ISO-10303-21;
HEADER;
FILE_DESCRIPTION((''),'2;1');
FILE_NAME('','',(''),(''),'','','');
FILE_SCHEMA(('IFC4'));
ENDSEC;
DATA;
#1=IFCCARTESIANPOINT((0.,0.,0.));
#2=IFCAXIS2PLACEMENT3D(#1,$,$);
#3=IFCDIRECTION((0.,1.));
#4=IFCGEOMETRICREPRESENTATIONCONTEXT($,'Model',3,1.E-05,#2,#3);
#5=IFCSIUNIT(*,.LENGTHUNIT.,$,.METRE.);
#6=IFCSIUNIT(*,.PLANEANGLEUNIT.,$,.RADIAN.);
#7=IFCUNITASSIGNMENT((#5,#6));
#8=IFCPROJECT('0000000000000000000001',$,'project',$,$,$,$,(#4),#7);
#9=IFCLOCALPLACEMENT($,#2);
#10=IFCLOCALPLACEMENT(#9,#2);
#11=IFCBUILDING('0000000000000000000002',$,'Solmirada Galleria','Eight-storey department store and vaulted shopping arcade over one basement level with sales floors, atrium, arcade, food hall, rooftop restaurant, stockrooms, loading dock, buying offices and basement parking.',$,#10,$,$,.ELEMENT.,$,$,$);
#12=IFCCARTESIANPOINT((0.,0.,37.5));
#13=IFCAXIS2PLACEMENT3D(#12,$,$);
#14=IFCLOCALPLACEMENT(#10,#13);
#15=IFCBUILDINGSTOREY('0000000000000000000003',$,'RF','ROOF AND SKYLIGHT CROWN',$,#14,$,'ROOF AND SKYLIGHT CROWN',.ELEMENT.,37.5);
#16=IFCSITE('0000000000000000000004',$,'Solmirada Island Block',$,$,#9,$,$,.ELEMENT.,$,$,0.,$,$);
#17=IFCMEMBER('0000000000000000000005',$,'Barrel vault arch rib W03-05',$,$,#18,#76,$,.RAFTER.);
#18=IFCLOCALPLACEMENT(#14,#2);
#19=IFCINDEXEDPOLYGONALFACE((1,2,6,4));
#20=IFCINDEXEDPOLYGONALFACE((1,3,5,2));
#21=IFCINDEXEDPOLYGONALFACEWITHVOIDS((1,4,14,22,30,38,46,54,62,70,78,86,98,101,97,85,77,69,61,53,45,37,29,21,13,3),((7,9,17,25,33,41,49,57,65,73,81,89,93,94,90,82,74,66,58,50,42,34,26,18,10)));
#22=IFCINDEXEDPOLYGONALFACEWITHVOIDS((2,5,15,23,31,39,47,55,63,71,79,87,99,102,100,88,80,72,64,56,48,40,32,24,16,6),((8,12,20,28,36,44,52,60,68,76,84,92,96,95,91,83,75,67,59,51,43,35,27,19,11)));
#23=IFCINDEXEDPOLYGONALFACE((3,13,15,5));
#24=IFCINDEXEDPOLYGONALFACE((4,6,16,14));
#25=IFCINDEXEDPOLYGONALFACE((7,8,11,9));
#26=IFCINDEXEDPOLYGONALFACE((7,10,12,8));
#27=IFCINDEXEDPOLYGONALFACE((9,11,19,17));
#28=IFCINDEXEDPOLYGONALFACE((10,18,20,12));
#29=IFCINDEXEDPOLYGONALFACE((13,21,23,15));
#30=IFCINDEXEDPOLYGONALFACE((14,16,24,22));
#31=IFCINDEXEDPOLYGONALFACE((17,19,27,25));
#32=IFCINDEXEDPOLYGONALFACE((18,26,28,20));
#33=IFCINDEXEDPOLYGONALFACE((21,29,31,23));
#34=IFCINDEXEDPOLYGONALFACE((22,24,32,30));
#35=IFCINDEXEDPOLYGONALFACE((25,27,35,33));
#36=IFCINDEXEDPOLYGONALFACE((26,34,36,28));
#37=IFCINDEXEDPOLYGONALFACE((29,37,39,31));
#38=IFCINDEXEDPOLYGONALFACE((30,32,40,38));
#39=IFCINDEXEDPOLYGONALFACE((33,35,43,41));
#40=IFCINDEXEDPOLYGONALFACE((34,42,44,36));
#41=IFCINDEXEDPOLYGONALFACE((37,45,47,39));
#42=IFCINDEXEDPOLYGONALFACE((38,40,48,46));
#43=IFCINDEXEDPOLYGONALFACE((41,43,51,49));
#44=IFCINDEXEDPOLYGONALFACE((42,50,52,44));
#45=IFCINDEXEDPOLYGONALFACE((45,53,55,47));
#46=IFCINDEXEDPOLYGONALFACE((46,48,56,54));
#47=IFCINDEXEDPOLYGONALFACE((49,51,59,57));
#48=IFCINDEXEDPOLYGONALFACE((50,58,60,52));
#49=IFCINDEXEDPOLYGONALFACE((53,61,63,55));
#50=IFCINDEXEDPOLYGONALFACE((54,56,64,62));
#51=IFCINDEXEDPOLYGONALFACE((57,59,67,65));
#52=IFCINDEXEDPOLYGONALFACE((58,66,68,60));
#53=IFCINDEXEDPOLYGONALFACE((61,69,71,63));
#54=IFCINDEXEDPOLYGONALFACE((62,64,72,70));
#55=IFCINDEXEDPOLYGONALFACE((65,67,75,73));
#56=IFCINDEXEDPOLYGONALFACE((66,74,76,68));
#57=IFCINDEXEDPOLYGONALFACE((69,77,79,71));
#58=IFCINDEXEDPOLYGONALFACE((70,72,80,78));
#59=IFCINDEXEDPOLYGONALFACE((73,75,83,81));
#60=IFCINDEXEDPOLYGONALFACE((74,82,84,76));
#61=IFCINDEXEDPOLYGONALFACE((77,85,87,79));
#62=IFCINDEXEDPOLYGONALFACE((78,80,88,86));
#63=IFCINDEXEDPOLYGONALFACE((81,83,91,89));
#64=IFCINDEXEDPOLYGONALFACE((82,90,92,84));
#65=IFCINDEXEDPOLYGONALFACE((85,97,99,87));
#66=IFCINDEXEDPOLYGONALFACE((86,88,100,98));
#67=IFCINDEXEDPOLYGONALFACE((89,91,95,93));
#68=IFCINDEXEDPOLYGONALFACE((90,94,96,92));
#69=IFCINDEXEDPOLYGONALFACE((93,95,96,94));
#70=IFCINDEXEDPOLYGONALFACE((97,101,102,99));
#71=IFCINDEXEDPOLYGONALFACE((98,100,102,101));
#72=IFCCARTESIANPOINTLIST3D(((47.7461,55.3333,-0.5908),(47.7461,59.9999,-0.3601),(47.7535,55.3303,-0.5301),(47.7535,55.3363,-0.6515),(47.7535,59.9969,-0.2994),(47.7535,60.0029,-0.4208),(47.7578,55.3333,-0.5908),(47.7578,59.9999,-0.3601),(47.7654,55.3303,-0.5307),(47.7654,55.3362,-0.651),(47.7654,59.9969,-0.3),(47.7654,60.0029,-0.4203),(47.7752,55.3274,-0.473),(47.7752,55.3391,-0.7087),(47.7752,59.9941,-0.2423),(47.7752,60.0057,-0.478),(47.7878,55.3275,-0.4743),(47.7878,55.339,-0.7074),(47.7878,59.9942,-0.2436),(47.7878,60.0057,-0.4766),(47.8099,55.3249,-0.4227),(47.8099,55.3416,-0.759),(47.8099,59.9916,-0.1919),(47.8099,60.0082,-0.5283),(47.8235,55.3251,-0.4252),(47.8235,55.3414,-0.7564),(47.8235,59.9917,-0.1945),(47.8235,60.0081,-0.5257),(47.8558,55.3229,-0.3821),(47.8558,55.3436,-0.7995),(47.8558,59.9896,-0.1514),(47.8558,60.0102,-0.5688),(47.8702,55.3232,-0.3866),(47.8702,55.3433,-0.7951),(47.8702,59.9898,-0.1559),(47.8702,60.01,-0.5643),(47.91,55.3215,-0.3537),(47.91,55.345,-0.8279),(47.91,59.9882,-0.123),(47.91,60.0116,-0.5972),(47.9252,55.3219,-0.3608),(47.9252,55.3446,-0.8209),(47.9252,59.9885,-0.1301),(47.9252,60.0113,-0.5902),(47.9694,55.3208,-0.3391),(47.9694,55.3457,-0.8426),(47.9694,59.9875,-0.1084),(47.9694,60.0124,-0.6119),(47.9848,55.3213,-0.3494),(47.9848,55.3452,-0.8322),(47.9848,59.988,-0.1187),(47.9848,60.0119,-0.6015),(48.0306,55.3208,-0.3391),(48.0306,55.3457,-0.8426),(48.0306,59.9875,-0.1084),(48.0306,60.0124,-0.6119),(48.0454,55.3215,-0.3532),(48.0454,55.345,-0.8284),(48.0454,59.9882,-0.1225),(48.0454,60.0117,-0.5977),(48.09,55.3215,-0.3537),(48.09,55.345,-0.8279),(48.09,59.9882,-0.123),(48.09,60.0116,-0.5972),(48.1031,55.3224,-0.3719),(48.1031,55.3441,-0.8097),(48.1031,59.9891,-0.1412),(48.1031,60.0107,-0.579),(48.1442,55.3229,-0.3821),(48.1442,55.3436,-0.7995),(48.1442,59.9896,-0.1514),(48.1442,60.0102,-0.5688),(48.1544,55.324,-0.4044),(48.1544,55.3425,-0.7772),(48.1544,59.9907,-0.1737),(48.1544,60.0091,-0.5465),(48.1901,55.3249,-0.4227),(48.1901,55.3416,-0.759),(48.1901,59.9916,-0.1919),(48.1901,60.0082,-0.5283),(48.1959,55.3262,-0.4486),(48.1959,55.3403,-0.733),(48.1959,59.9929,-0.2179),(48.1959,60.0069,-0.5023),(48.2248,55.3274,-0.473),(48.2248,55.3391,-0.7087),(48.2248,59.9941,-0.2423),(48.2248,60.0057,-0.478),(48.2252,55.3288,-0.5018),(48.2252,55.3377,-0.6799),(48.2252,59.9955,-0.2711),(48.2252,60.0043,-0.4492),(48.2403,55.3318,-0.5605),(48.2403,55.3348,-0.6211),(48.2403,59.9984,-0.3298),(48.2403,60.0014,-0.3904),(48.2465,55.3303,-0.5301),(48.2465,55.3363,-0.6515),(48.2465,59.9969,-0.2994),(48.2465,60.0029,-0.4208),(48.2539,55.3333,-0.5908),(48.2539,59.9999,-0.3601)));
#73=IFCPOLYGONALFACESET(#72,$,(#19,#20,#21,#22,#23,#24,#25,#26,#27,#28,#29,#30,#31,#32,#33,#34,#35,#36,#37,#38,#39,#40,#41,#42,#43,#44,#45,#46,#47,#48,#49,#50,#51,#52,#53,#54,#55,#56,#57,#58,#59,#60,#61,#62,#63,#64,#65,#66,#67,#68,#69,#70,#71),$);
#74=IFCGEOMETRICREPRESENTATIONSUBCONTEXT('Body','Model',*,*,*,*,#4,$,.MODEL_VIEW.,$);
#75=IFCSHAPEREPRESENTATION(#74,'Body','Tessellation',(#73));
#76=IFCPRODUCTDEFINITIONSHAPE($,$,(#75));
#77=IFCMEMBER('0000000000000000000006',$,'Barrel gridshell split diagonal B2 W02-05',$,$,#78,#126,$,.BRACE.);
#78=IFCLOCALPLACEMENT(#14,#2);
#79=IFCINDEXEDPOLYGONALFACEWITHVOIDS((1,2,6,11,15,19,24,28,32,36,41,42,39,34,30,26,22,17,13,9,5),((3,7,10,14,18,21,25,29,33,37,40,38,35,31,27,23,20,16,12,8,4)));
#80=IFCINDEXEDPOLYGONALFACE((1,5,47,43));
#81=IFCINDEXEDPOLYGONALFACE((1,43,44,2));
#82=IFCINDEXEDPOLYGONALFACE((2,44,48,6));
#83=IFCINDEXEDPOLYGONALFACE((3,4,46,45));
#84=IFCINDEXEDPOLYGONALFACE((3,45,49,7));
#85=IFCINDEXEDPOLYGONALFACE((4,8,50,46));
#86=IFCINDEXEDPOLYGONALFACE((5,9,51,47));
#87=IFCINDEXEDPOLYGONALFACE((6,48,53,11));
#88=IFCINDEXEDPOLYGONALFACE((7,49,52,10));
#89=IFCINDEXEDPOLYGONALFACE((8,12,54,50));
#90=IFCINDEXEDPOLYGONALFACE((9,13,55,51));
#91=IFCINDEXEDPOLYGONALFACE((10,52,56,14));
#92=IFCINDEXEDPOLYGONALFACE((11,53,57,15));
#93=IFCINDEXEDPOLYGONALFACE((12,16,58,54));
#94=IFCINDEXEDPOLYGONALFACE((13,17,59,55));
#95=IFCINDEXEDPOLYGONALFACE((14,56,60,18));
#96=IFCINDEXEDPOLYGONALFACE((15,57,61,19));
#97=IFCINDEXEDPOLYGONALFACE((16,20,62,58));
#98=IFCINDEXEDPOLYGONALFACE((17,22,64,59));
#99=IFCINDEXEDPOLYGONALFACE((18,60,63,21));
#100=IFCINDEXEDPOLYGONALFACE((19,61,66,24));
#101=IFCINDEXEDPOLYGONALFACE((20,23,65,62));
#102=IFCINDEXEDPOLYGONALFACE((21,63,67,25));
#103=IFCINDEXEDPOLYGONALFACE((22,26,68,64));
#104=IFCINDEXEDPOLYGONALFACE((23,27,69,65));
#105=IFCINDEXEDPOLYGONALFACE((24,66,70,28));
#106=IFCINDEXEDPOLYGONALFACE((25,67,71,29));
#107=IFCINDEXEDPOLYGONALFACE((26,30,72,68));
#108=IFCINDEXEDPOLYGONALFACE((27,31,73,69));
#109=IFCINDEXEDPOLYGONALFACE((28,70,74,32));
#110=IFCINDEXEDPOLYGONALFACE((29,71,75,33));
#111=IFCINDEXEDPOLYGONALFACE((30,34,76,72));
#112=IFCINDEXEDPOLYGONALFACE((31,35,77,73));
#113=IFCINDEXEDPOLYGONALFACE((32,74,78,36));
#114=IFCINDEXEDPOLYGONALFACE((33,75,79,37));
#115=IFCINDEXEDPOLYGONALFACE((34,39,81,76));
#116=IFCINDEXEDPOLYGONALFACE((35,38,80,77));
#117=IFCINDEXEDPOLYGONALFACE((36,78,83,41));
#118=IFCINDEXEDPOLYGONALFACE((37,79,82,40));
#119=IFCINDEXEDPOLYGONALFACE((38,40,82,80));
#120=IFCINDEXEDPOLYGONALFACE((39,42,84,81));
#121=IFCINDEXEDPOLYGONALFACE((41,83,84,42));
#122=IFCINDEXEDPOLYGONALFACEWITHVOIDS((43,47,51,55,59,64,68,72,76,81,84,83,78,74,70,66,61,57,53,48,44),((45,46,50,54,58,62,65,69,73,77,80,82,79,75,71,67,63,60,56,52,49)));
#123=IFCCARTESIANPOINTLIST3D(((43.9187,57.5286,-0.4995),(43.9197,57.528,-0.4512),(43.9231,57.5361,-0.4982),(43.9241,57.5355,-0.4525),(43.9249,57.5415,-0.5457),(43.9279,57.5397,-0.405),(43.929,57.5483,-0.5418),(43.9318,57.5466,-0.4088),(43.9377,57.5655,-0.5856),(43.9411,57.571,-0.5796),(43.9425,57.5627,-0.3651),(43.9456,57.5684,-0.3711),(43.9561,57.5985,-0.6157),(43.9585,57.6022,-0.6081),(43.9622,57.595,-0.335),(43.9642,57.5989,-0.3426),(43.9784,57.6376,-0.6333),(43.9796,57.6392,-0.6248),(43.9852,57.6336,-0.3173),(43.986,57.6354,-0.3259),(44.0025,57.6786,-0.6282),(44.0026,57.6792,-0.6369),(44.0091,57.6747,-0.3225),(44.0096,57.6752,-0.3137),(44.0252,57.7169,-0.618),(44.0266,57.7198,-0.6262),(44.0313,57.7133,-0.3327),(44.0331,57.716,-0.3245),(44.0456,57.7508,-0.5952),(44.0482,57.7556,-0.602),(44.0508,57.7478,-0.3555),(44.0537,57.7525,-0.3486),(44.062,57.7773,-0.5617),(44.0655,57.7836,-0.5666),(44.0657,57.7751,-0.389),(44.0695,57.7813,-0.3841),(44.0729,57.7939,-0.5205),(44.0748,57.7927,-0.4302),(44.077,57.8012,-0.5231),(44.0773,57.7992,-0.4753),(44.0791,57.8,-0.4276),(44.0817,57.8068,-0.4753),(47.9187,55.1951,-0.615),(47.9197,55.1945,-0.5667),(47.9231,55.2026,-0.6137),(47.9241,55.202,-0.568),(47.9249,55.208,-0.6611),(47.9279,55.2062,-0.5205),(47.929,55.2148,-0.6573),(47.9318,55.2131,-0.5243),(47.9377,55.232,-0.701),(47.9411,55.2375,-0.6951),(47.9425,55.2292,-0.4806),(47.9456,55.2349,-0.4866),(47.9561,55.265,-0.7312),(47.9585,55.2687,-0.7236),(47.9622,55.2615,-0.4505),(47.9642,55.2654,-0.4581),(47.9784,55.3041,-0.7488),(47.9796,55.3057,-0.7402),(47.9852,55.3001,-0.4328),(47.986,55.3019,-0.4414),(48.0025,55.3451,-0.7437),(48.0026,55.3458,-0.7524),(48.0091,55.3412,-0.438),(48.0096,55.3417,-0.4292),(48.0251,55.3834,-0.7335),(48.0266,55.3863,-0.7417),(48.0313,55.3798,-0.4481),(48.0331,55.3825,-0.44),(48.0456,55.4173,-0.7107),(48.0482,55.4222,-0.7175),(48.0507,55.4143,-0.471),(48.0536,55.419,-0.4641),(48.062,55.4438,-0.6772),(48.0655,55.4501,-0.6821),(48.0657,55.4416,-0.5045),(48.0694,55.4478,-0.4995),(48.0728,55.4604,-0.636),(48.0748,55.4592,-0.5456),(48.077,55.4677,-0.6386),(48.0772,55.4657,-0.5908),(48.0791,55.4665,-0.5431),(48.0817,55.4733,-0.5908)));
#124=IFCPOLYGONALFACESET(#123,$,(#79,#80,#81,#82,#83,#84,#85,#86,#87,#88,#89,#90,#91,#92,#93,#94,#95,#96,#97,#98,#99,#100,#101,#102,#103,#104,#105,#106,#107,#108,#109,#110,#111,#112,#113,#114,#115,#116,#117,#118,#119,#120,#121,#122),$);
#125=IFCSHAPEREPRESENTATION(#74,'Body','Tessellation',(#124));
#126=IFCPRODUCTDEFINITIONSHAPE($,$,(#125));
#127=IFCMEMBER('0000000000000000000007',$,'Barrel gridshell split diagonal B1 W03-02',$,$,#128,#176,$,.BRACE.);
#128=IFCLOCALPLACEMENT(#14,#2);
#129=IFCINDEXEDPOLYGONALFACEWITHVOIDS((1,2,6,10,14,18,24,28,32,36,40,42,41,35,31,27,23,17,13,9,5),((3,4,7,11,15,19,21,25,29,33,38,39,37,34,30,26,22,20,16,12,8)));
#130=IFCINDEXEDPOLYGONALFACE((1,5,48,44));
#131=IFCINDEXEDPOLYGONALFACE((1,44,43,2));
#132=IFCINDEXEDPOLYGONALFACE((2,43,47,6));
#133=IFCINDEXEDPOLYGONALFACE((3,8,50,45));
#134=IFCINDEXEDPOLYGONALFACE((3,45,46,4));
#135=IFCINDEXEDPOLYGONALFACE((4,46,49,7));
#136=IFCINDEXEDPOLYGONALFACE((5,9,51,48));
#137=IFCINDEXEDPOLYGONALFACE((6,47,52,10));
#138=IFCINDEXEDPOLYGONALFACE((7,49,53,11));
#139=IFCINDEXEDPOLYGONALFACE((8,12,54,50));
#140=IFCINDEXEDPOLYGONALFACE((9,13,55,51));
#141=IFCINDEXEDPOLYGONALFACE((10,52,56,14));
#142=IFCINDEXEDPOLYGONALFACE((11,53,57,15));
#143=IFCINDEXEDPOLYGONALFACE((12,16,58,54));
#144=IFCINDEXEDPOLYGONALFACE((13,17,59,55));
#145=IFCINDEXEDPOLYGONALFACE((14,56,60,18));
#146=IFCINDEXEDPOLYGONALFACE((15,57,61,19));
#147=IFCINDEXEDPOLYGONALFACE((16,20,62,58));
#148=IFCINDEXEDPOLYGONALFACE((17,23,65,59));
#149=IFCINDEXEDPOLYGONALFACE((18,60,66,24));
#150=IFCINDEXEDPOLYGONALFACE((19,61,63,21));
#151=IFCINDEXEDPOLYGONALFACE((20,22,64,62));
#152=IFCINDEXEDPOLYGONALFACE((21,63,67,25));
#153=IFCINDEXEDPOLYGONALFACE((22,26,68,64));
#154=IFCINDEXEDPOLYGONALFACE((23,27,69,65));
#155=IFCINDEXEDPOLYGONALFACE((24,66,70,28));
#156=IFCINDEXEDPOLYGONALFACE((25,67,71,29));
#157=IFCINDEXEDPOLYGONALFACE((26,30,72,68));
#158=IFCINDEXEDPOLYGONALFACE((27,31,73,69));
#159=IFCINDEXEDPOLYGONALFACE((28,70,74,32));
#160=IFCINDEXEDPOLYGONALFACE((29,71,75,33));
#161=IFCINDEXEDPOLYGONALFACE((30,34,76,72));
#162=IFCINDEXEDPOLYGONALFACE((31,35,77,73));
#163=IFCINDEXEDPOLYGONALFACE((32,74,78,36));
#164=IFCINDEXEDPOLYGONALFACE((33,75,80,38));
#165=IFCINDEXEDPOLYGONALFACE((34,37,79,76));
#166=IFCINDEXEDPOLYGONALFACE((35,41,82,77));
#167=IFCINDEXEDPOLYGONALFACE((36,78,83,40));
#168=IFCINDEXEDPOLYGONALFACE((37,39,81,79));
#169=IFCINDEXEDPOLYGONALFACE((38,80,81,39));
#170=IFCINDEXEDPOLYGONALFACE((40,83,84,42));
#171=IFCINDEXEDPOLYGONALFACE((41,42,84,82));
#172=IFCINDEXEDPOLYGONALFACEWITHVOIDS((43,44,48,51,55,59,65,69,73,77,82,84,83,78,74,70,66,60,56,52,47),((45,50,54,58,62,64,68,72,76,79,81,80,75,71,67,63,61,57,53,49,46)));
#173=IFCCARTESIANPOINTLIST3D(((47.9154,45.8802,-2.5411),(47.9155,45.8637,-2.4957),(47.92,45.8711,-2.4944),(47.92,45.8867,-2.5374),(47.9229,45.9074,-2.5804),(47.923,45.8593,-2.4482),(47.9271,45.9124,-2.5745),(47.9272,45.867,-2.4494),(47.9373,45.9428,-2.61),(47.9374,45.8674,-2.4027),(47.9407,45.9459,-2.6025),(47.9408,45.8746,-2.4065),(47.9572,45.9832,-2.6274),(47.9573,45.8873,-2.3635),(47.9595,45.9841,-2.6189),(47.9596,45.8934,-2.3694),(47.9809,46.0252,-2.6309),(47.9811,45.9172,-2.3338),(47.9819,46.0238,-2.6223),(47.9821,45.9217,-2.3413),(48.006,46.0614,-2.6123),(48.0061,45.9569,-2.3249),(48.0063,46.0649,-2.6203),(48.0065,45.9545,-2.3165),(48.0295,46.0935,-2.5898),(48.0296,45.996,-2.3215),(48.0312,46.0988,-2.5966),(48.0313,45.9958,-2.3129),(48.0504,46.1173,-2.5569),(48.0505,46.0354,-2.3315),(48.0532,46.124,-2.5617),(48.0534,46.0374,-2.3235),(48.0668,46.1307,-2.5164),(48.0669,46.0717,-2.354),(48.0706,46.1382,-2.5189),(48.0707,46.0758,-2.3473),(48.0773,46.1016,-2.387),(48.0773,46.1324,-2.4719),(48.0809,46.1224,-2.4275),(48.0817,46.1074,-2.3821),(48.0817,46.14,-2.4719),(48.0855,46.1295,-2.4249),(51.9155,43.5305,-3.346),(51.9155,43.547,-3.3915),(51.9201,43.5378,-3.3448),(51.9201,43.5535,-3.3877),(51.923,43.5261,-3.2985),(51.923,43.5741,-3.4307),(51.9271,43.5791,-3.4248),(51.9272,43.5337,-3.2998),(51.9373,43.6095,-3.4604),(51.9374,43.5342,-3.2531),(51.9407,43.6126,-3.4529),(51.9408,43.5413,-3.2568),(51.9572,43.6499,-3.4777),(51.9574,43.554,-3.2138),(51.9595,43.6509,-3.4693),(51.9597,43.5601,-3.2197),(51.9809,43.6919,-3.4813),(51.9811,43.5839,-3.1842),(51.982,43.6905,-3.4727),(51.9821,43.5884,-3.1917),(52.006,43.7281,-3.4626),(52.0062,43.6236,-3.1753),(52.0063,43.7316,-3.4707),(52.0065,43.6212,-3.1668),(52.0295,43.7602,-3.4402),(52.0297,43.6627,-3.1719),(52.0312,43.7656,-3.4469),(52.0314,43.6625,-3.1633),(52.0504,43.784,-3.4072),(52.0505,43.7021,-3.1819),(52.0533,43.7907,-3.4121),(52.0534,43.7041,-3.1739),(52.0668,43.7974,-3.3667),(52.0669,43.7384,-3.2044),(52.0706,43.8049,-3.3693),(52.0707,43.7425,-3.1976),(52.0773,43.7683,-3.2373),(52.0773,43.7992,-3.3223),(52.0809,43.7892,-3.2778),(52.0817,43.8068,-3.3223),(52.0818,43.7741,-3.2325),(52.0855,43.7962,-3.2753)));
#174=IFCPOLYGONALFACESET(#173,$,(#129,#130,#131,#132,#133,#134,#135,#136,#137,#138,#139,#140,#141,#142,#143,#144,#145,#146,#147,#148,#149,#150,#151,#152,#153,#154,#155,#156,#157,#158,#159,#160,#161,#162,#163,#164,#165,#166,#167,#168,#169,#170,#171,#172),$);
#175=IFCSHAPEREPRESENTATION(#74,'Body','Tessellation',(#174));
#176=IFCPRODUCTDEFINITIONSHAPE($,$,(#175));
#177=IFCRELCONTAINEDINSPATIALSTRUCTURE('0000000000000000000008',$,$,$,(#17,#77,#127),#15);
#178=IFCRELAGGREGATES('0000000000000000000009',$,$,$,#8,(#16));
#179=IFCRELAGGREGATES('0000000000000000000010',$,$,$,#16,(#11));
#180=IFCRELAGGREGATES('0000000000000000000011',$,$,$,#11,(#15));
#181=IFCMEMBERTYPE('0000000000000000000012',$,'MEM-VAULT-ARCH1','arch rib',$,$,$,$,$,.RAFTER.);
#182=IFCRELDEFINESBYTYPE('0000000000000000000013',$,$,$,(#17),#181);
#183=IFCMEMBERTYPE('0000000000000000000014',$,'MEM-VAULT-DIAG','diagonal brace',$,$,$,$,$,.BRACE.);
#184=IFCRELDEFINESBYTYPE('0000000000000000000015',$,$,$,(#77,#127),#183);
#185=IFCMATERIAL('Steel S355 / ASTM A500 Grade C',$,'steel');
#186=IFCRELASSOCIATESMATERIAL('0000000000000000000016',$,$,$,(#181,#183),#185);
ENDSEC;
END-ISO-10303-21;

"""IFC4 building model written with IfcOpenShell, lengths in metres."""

from ifc_helpers import new_model, si_unit, direction, frame, origin, origin_2d, place, context, subcontext, project, spatial, hollow_circle, extrude, material, material_profile, profile_set, type_object, element, save


model = new_model("IFC4")

# Units and contexts
model_context = context("Model", 3, precision=1e-05, world=origin(), true_north=direction((0.0, 1.0)))
body_context = subcontext(model_context, "Body", "Model", "MODEL_VIEW")
ifc_project = project(units=[si_unit("LENGTHUNIT", "METRE"), si_unit("PLANEANGLEUNIT", "RADIAN")], contexts=[model_context])

# Site, building, storey
site_placement = place(None, origin())
site = spatial("IfcSite", under=ifc_project, at=site_placement, Name="Solmirada Island Block", CompositionType="ELEMENT", RefElevation=0.0)
building_placement = place(site_placement, origin())
building = spatial("IfcBuilding", under=site, at=building_placement, Name="Solmirada Galleria", Description="Eight-storey department store and vaulted shopping arcade over one basement level with sales floors, atrium, arcade, food hall, rooftop restaurant, stockrooms, loading dock, buying offices and basement parking.", CompositionType="ELEMENT")
storey_placement = place(building_placement, frame((0.0, 0.0, 37.5)))
storey = spatial("IfcBuildingStorey", under=building, at=storey_placement, Name="RF", Description="ROOF AND SKYLIGHT CROWN", LongName="ROOF AND SKYLIGHT CROWN", CompositionType="ELEMENT", Elevation=37.5)

# Members
ifc_material_1 = material(Name="Steel S355 / ASTM A500 Grade C", Category="steel")
ifc_material_profile_1 = material_profile(ifc_material_1, hollow_circle(Radius=0.2539, WallThickness=0.0117, at=origin_2d()), Name="HSS20.000X0.500")
ifc_profile_set_1 = profile_set([ifc_material_profile_1], Name="Steel S355 / ASTM A500 Grade C")
member_type_1 = type_object("IfcMemberType", Name="MEM-VAULT-ARCH1", Description="arch rib", PredefinedType="RAFTER", material=ifc_profile_set_1)
member_1_placement = place(storey_placement, frame((48.0, 55.3333, -0.5908), z_axis=(0.0, 0.99878, 0.049377), x_axis=(-1.0, 0.0, 0.0)))
element("IfcMember", 1, at=member_1_placement, inside=storey, type_object=member_type_1, Name="Barrel vault arch rib W03-05", PredefinedType="RAFTER", context=body_context, shape_type="SweptSolid", body=[
    extrude(hollow_circle(Radius=0.2539, WallThickness=0.0117, at=origin_2d()), origin(), (0.0, 0.0, 1.0), 4.6724),
])
ifc_material_profile_2 = material_profile(ifc_material_1, hollow_circle(Radius=0.1621, WallThickness=0.0088, at=origin_2d()), Name="HSS12.750X0.375")
ifc_profile_set_2 = profile_set([ifc_material_profile_2], Name="Steel S355 / ASTM A500 Grade C")
member_type_2 = type_object("IfcMemberType", Name="MEM-VAULT-DIAG", Description="diagonal brace", PredefinedType="BRACE", material=ifc_profile_set_2)
member_2_placement = place(storey_placement, frame((44.0, 57.6667, -0.4753), z_axis=(0.863495, -0.503741, -0.024929), x_axis=(0.503897, 0.863764, 0.0)))
element("IfcMember", 2, at=member_2_placement, inside=storey, type_object=member_type_2, Name="Barrel gridshell split diagonal B2 W02-05", PredefinedType="BRACE", context=body_context, shape_type="SweptSolid", body=[
    extrude(hollow_circle(Radius=0.1621, WallThickness=0.0088, at=origin_2d()), origin(), (0.0, 0.0, 1.0), 4.6323),
])
member_3_placement = place(storey_placement, frame((48.0, 46.0, -2.4719), z_axis=(0.849582, -0.495572, -0.180609), x_axis=(0.503858, 0.863787, 0.0)))
element("IfcMember", 3, at=member_3_placement, inside=storey, type_object=member_type_2, Name="Barrel gridshell split diagonal B1 W03-02", PredefinedType="BRACE", context=body_context, shape_type="SweptSolid", body=[
    extrude(hollow_circle(Radius=0.1621, WallThickness=0.0088, at=origin_2d()), origin(), (0.0, 0.0, 1.0), 4.7083),
])

save(model, "model.ifc")
